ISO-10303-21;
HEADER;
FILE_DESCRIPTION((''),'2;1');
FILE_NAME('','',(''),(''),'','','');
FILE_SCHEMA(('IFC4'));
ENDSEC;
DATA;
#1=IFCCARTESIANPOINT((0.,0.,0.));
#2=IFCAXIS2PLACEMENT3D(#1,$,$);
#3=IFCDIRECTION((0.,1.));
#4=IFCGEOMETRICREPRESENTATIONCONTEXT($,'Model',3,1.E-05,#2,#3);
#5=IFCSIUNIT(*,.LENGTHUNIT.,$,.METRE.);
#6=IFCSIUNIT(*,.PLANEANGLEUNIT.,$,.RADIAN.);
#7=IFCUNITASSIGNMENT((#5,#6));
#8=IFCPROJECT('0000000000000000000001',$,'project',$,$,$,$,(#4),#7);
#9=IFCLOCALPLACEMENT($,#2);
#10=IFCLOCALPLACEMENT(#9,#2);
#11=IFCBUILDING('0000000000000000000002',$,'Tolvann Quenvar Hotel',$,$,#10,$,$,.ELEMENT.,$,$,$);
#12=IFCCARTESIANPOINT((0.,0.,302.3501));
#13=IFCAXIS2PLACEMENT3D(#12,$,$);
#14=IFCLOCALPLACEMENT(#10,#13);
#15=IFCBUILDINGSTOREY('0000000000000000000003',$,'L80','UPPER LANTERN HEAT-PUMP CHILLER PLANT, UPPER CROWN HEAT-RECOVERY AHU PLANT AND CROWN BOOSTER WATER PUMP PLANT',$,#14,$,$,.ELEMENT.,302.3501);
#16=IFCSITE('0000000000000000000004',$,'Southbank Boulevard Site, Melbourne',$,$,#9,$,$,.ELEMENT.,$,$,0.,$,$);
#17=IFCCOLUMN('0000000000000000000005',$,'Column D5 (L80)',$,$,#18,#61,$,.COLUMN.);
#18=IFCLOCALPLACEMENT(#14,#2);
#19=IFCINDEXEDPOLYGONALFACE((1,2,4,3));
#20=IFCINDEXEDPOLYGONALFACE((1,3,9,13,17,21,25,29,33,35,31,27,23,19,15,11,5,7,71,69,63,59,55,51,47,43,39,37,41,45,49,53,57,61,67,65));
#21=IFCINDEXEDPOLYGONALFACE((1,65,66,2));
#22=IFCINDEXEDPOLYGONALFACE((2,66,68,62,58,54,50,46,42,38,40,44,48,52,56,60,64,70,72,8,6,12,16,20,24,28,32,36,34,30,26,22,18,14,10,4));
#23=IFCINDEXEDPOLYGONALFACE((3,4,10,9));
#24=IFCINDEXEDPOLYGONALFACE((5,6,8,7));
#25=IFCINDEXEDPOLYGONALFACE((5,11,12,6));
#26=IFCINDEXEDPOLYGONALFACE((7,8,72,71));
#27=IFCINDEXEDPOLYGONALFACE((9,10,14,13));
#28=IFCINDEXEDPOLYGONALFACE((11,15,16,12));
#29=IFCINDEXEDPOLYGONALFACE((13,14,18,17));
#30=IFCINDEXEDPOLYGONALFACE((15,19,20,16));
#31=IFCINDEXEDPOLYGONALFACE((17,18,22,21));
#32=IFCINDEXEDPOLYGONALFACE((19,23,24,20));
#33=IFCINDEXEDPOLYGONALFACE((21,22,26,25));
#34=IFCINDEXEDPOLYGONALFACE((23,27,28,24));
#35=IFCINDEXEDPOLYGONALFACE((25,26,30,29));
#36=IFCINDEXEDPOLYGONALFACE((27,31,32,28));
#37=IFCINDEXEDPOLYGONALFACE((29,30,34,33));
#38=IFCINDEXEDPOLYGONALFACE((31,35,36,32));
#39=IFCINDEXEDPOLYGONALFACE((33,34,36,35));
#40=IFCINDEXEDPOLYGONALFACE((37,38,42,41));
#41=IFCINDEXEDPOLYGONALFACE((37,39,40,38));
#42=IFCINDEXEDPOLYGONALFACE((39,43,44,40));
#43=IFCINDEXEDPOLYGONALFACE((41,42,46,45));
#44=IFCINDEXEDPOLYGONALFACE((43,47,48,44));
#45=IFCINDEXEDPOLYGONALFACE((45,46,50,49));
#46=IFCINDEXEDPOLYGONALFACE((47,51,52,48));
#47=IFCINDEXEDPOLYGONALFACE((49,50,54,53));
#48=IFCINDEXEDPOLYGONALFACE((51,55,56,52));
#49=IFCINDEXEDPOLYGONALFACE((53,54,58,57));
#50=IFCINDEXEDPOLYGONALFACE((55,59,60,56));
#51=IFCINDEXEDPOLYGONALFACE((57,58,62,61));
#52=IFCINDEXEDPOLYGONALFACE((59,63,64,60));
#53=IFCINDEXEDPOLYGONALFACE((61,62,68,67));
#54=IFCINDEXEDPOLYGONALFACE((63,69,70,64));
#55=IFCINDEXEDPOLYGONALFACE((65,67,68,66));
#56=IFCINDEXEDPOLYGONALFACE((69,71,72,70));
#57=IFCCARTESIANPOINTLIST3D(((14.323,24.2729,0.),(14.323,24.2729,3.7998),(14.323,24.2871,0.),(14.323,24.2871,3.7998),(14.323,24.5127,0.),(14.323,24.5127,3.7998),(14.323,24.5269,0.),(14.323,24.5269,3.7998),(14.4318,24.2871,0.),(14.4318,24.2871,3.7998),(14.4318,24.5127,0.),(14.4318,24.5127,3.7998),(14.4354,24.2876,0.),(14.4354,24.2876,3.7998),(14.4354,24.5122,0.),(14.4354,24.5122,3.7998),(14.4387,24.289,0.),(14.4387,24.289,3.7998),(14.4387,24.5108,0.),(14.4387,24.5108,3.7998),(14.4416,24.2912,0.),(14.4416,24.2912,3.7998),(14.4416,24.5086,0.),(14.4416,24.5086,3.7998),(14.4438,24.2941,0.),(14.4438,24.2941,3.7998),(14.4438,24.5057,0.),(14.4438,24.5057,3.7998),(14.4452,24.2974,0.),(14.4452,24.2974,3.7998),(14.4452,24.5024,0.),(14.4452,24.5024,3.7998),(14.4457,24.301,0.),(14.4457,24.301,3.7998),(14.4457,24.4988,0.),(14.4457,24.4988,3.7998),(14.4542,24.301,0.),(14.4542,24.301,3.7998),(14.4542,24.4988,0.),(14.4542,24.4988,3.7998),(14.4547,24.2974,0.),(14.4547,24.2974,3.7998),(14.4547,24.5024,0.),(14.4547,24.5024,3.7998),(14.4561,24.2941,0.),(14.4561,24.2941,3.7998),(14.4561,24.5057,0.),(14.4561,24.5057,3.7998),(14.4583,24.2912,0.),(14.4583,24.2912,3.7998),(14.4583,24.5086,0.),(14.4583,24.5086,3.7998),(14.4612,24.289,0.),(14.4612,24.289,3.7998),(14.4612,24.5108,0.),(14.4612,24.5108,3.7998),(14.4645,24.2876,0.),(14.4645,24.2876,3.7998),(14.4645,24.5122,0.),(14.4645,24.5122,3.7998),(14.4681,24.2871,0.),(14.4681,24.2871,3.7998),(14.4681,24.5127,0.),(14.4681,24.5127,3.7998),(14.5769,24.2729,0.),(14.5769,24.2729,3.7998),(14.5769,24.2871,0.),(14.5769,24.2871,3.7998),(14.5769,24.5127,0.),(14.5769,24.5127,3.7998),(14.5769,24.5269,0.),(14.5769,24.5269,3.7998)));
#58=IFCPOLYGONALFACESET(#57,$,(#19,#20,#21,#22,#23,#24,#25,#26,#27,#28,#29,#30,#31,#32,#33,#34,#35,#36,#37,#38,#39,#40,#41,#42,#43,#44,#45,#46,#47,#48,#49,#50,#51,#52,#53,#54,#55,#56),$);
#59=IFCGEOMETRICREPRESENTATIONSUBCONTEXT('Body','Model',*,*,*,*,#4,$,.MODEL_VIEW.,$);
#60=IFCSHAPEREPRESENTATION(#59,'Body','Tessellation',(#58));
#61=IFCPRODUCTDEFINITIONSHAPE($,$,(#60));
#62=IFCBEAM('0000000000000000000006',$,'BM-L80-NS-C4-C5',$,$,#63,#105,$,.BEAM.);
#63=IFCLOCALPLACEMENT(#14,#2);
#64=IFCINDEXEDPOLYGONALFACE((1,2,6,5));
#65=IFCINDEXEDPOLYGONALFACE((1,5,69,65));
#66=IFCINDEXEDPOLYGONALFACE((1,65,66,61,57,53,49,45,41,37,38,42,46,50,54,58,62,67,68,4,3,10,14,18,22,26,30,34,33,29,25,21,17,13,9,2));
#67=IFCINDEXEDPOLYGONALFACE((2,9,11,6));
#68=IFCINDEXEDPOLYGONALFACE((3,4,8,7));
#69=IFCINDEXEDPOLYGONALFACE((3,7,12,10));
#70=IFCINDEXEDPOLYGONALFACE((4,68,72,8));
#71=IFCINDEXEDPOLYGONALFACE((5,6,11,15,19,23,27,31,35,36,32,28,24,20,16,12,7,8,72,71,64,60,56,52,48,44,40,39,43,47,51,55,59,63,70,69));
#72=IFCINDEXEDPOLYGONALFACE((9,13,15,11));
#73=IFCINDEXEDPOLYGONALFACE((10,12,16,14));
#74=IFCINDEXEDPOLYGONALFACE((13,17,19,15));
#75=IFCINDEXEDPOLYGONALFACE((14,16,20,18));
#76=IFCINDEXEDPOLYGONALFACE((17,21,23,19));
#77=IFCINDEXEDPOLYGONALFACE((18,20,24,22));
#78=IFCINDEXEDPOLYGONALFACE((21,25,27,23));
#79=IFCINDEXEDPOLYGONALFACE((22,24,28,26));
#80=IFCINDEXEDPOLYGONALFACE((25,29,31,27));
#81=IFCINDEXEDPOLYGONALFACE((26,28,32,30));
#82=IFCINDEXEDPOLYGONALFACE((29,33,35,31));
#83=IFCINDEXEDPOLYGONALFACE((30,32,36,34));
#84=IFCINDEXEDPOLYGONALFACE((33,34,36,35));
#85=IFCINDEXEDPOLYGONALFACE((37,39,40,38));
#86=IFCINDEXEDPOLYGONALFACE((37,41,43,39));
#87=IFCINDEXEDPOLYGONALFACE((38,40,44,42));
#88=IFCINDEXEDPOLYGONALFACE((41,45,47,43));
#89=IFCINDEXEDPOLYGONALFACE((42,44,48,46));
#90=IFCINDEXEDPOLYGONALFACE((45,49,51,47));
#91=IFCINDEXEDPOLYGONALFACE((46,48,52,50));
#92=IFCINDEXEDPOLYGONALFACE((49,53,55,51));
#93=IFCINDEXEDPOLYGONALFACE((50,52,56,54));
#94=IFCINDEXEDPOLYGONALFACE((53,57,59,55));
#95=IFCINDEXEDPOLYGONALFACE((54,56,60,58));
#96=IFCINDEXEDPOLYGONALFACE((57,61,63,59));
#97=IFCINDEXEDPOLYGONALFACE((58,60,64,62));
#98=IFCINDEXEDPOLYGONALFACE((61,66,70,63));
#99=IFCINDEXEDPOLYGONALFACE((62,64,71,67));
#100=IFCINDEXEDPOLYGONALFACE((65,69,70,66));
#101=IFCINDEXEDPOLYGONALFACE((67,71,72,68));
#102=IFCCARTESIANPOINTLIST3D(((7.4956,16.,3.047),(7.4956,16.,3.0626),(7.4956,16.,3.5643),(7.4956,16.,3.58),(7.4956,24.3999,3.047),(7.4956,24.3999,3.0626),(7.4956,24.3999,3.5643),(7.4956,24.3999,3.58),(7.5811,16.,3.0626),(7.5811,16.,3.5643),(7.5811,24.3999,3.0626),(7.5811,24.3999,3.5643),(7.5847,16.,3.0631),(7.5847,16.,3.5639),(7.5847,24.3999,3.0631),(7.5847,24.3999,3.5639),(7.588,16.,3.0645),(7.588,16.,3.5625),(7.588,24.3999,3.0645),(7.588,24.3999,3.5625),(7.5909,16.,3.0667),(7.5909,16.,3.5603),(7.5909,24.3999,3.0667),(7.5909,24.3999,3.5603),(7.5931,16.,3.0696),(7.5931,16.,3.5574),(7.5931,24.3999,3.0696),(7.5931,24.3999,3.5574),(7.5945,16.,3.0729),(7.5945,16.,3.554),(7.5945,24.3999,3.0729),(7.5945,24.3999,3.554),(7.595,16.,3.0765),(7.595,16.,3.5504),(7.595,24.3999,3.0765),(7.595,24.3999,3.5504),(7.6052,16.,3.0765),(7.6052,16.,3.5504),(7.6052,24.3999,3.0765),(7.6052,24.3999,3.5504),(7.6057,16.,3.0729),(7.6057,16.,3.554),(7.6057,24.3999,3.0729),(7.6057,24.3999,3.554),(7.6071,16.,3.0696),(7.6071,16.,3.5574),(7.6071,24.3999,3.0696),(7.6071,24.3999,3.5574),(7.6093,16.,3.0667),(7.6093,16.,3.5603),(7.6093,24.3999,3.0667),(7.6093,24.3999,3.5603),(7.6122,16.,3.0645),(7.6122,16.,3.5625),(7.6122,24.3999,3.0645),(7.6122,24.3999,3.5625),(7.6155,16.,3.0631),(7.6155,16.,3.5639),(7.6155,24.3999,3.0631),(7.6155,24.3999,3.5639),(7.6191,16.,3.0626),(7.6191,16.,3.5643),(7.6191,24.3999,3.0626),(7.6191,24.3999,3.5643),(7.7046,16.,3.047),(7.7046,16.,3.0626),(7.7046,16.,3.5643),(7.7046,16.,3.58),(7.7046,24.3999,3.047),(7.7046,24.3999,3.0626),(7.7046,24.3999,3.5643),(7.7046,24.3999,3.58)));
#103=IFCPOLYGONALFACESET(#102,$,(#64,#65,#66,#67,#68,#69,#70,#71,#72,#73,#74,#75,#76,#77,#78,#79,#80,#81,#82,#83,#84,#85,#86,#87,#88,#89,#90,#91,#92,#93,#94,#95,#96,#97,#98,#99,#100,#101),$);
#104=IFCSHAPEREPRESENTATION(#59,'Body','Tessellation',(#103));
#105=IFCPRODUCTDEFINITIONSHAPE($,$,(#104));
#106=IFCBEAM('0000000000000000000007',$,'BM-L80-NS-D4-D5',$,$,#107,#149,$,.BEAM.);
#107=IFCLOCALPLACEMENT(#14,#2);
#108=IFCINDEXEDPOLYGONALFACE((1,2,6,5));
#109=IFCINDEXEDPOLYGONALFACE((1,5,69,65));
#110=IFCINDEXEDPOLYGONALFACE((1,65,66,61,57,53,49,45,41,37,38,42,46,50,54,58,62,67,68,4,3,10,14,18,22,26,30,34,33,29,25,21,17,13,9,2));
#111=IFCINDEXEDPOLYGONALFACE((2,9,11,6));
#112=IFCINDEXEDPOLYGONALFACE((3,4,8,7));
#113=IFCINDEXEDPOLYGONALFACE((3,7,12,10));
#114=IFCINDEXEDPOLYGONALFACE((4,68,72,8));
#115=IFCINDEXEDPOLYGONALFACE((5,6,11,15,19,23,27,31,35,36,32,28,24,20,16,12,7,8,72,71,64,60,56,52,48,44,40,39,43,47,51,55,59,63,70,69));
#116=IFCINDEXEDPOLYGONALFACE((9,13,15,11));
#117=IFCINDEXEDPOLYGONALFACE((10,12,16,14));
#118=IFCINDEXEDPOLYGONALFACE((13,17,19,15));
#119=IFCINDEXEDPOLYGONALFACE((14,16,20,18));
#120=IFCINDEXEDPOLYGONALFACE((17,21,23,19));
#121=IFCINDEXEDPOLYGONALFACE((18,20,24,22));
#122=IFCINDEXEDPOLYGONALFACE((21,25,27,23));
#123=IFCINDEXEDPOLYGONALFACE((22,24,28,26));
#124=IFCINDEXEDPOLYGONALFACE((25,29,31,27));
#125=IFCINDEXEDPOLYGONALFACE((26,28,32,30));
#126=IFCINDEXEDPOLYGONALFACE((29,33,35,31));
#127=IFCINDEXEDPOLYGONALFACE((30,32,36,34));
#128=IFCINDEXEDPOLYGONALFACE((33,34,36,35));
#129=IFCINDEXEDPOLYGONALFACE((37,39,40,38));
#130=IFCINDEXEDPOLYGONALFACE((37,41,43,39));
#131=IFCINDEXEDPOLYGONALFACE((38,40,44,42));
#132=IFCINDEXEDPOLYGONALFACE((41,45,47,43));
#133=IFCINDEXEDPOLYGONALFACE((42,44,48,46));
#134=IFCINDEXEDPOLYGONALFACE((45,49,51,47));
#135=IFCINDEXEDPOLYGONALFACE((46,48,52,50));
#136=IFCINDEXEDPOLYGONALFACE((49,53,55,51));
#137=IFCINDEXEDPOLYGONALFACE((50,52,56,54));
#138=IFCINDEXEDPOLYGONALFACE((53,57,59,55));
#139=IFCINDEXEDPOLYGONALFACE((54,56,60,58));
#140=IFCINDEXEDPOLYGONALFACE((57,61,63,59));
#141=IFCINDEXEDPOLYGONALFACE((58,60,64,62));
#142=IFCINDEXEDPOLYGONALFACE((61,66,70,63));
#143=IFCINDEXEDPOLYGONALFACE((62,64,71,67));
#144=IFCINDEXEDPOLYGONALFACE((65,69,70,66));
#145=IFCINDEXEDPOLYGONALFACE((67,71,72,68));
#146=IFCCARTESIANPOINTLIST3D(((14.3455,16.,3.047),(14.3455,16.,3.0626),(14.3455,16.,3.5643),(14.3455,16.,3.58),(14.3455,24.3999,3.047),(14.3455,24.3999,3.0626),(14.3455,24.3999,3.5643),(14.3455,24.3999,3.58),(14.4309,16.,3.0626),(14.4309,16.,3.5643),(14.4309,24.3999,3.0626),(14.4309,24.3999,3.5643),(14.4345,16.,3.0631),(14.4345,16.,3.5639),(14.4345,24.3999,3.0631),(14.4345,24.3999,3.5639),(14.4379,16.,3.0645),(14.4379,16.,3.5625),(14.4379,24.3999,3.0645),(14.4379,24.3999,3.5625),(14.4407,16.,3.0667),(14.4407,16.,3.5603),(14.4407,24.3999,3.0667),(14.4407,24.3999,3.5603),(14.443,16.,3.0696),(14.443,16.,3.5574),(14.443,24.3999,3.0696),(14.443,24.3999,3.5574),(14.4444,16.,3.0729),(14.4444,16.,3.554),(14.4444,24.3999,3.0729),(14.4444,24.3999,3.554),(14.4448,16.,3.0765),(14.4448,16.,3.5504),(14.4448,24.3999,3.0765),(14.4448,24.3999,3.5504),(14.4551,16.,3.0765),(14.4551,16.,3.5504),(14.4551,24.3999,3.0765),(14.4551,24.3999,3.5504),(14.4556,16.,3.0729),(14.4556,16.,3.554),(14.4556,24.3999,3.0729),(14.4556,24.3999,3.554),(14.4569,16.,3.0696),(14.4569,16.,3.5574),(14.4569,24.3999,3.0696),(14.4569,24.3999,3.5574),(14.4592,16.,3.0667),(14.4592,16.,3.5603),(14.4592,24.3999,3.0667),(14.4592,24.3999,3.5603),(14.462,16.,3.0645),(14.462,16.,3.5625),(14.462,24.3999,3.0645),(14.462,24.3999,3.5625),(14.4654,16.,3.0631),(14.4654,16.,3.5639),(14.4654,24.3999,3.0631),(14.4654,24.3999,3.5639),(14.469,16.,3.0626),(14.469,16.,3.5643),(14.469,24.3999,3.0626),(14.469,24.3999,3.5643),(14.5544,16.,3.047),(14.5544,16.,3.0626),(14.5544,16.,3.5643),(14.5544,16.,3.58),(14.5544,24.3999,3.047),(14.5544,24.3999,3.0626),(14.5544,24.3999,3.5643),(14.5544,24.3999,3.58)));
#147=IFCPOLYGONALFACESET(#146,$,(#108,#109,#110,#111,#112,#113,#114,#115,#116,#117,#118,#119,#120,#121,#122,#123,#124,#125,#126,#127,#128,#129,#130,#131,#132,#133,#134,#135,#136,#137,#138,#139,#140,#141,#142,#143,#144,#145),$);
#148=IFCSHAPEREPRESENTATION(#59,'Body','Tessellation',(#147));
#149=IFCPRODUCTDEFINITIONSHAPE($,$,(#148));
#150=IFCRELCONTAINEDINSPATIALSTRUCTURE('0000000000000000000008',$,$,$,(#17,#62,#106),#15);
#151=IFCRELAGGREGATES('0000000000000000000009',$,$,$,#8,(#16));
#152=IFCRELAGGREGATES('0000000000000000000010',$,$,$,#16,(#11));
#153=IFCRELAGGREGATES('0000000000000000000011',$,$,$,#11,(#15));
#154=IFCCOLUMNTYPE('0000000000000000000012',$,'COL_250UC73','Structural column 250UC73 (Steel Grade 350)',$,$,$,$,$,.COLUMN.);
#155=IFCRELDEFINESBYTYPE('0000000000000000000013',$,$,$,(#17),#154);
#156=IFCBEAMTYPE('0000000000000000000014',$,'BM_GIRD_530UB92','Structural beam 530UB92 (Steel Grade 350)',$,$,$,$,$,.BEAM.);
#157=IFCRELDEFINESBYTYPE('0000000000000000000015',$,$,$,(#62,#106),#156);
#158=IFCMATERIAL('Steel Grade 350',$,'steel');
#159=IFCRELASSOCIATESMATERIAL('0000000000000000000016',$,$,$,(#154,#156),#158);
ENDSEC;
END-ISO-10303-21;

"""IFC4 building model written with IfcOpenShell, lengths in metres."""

from ifc_helpers import new_model, si_unit, direction, frame, origin, origin_2d, place, context, subcontext, project, spatial, i_section, extrude, source, transform, mapped, material, material_profile, profile_set, type_object, type_shapes, element, save


model = new_model("IFC4")

# Units and contexts
model_context = context("Model", 3, precision=1e-05, world=origin(), true_north=direction((0.0, 1.0)))
body_context = subcontext(model_context, "Body", "Model", "MODEL_VIEW")
ifc_project = project(units=[si_unit("LENGTHUNIT", "METRE"), si_unit("PLANEANGLEUNIT", "RADIAN")], contexts=[model_context])

# Site, building, storey
site_placement = place(None, origin())
site = spatial("IfcSite", under=ifc_project, at=site_placement, Name="Southbank Boulevard Site, Melbourne", CompositionType="ELEMENT", RefElevation=0.0)
building_placement = place(site_placement, origin())
building = spatial("IfcBuilding", under=site, at=building_placement, Name="Tolvann Quenvar Hotel", CompositionType="ELEMENT")
storey_placement = place(building_placement, frame((0.0, 0.0, 302.3501)))
storey = spatial("IfcBuildingStorey", under=building, at=storey_placement, Name="L80", Description="UPPER LANTERN HEAT-PUMP CHILLER PLANT, UPPER CROWN HEAT-RECOVERY AHU PLANT AND CROWN BOOSTER WATER PUMP PLANT", CompositionType="ELEMENT", Elevation=302.3501)

# Column
ifc_material_1 = material(Name="Steel Grade 350", Category="steel")
ifc_material_profile_1 = material_profile(ifc_material_1, i_section(OverallWidth=0.2539, OverallDepth=0.2539, WebThickness=0.0085, FlangeThickness=0.0142, FilletRadius=0.0139, at=origin_2d()), Name="250UC73")
ifc_profile_set_1 = profile_set([ifc_material_profile_1], Name="Steel Grade 350")
column_type = type_object("IfcColumnType", Name="COL_250UC73", Description="Structural column 250UC73 (Steel Grade 350)", PredefinedType="COLUMN", material=ifc_profile_set_1)
shared_shape_1 = source(origin(), body_context, "Body", "SweptSolid", [
    extrude(i_section(OverallWidth=0.2539, OverallDepth=0.2539, WebThickness=0.0085, FlangeThickness=0.0142, FilletRadius=0.0139, at=origin_2d()), origin(), (0.0, 0.0, 1.0), 3.7998),
])
type_shapes(column_type, [shared_shape_1])
for number, where, z_axis, x_axis, name in (
    (1, (14.45, 24.3999, 0.0), (0.0, 0.0, 1.0), (1.0, 0.0, 0.0), "Column D5 (L80)"),
):
    element("IfcColumn", number, at=place(storey_placement, frame(where, z_axis=z_axis, x_axis=x_axis)), inside=storey, type_object=column_type, Name=name, PredefinedType="COLUMN", context=body_context, shape_type="MappedRepresentation", body=[
        mapped(shared_shape_1, transform((0.0, 0.0, 0.0), x_axis=(1.0, 0.0, 0.0), y_axis=(0.0, 1.0, 0.0), z_axis=(0.0, 0.0, 1.0), scale=1.0)),
    ])

# Beams
ifc_material_profile_2 = material_profile(ifc_material_1, i_section(OverallWidth=0.209, OverallDepth=0.533, WebThickness=0.0103, FlangeThickness=0.0156, FilletRadius=0.0139, at=origin_2d()), Name="530UB92")
ifc_profile_set_2 = profile_set([ifc_material_profile_2], Name="Steel Grade 350")
beam_type_1 = type_object("IfcBeamType", Name="BM_GIRD_530UB92", Description="Structural beam 530UB92 (Steel Grade 350)", PredefinedType="BEAM", material=ifc_profile_set_2)
shared_shape_2 = source(origin(), body_context, "Body", "SweptSolid", [
    extrude(i_section(OverallWidth=0.209, OverallDepth=0.533, WebThickness=0.0103, FlangeThickness=0.0156, FilletRadius=0.0139, at=origin_2d()), origin(), (0.0, 0.0, 1.0), 8.3999),
])
for number, where, z_axis, x_axis, name in (
    (2, (7.6001, 16.0, 3.3135), (0.0, 1.0, 0.0), (-1.0, 0.0, 0.0), "BM-L80-NS-C4-C5"),
    (3, (14.45, 16.0, 3.3135), (0.0, 1.0, 0.0), (-1.0, 0.0, 0.0), "BM-L80-NS-D4-D5"),
):
    element("IfcBeam", number, at=place(storey_placement, frame(where, z_axis=z_axis, x_axis=x_axis)), inside=storey, type_object=beam_type_1, Name=name, PredefinedType="BEAM", context=body_context, shape_type="MappedRepresentation", body=[
        mapped(shared_shape_2, transform((0.0, 0.0, 0.0), x_axis=(1.0, 0.0, 0.0), y_axis=(0.0, 1.0, 0.0), z_axis=(0.0, 0.0, 1.0), scale=1.0)),
    ])

save(model, "model.ifc")
